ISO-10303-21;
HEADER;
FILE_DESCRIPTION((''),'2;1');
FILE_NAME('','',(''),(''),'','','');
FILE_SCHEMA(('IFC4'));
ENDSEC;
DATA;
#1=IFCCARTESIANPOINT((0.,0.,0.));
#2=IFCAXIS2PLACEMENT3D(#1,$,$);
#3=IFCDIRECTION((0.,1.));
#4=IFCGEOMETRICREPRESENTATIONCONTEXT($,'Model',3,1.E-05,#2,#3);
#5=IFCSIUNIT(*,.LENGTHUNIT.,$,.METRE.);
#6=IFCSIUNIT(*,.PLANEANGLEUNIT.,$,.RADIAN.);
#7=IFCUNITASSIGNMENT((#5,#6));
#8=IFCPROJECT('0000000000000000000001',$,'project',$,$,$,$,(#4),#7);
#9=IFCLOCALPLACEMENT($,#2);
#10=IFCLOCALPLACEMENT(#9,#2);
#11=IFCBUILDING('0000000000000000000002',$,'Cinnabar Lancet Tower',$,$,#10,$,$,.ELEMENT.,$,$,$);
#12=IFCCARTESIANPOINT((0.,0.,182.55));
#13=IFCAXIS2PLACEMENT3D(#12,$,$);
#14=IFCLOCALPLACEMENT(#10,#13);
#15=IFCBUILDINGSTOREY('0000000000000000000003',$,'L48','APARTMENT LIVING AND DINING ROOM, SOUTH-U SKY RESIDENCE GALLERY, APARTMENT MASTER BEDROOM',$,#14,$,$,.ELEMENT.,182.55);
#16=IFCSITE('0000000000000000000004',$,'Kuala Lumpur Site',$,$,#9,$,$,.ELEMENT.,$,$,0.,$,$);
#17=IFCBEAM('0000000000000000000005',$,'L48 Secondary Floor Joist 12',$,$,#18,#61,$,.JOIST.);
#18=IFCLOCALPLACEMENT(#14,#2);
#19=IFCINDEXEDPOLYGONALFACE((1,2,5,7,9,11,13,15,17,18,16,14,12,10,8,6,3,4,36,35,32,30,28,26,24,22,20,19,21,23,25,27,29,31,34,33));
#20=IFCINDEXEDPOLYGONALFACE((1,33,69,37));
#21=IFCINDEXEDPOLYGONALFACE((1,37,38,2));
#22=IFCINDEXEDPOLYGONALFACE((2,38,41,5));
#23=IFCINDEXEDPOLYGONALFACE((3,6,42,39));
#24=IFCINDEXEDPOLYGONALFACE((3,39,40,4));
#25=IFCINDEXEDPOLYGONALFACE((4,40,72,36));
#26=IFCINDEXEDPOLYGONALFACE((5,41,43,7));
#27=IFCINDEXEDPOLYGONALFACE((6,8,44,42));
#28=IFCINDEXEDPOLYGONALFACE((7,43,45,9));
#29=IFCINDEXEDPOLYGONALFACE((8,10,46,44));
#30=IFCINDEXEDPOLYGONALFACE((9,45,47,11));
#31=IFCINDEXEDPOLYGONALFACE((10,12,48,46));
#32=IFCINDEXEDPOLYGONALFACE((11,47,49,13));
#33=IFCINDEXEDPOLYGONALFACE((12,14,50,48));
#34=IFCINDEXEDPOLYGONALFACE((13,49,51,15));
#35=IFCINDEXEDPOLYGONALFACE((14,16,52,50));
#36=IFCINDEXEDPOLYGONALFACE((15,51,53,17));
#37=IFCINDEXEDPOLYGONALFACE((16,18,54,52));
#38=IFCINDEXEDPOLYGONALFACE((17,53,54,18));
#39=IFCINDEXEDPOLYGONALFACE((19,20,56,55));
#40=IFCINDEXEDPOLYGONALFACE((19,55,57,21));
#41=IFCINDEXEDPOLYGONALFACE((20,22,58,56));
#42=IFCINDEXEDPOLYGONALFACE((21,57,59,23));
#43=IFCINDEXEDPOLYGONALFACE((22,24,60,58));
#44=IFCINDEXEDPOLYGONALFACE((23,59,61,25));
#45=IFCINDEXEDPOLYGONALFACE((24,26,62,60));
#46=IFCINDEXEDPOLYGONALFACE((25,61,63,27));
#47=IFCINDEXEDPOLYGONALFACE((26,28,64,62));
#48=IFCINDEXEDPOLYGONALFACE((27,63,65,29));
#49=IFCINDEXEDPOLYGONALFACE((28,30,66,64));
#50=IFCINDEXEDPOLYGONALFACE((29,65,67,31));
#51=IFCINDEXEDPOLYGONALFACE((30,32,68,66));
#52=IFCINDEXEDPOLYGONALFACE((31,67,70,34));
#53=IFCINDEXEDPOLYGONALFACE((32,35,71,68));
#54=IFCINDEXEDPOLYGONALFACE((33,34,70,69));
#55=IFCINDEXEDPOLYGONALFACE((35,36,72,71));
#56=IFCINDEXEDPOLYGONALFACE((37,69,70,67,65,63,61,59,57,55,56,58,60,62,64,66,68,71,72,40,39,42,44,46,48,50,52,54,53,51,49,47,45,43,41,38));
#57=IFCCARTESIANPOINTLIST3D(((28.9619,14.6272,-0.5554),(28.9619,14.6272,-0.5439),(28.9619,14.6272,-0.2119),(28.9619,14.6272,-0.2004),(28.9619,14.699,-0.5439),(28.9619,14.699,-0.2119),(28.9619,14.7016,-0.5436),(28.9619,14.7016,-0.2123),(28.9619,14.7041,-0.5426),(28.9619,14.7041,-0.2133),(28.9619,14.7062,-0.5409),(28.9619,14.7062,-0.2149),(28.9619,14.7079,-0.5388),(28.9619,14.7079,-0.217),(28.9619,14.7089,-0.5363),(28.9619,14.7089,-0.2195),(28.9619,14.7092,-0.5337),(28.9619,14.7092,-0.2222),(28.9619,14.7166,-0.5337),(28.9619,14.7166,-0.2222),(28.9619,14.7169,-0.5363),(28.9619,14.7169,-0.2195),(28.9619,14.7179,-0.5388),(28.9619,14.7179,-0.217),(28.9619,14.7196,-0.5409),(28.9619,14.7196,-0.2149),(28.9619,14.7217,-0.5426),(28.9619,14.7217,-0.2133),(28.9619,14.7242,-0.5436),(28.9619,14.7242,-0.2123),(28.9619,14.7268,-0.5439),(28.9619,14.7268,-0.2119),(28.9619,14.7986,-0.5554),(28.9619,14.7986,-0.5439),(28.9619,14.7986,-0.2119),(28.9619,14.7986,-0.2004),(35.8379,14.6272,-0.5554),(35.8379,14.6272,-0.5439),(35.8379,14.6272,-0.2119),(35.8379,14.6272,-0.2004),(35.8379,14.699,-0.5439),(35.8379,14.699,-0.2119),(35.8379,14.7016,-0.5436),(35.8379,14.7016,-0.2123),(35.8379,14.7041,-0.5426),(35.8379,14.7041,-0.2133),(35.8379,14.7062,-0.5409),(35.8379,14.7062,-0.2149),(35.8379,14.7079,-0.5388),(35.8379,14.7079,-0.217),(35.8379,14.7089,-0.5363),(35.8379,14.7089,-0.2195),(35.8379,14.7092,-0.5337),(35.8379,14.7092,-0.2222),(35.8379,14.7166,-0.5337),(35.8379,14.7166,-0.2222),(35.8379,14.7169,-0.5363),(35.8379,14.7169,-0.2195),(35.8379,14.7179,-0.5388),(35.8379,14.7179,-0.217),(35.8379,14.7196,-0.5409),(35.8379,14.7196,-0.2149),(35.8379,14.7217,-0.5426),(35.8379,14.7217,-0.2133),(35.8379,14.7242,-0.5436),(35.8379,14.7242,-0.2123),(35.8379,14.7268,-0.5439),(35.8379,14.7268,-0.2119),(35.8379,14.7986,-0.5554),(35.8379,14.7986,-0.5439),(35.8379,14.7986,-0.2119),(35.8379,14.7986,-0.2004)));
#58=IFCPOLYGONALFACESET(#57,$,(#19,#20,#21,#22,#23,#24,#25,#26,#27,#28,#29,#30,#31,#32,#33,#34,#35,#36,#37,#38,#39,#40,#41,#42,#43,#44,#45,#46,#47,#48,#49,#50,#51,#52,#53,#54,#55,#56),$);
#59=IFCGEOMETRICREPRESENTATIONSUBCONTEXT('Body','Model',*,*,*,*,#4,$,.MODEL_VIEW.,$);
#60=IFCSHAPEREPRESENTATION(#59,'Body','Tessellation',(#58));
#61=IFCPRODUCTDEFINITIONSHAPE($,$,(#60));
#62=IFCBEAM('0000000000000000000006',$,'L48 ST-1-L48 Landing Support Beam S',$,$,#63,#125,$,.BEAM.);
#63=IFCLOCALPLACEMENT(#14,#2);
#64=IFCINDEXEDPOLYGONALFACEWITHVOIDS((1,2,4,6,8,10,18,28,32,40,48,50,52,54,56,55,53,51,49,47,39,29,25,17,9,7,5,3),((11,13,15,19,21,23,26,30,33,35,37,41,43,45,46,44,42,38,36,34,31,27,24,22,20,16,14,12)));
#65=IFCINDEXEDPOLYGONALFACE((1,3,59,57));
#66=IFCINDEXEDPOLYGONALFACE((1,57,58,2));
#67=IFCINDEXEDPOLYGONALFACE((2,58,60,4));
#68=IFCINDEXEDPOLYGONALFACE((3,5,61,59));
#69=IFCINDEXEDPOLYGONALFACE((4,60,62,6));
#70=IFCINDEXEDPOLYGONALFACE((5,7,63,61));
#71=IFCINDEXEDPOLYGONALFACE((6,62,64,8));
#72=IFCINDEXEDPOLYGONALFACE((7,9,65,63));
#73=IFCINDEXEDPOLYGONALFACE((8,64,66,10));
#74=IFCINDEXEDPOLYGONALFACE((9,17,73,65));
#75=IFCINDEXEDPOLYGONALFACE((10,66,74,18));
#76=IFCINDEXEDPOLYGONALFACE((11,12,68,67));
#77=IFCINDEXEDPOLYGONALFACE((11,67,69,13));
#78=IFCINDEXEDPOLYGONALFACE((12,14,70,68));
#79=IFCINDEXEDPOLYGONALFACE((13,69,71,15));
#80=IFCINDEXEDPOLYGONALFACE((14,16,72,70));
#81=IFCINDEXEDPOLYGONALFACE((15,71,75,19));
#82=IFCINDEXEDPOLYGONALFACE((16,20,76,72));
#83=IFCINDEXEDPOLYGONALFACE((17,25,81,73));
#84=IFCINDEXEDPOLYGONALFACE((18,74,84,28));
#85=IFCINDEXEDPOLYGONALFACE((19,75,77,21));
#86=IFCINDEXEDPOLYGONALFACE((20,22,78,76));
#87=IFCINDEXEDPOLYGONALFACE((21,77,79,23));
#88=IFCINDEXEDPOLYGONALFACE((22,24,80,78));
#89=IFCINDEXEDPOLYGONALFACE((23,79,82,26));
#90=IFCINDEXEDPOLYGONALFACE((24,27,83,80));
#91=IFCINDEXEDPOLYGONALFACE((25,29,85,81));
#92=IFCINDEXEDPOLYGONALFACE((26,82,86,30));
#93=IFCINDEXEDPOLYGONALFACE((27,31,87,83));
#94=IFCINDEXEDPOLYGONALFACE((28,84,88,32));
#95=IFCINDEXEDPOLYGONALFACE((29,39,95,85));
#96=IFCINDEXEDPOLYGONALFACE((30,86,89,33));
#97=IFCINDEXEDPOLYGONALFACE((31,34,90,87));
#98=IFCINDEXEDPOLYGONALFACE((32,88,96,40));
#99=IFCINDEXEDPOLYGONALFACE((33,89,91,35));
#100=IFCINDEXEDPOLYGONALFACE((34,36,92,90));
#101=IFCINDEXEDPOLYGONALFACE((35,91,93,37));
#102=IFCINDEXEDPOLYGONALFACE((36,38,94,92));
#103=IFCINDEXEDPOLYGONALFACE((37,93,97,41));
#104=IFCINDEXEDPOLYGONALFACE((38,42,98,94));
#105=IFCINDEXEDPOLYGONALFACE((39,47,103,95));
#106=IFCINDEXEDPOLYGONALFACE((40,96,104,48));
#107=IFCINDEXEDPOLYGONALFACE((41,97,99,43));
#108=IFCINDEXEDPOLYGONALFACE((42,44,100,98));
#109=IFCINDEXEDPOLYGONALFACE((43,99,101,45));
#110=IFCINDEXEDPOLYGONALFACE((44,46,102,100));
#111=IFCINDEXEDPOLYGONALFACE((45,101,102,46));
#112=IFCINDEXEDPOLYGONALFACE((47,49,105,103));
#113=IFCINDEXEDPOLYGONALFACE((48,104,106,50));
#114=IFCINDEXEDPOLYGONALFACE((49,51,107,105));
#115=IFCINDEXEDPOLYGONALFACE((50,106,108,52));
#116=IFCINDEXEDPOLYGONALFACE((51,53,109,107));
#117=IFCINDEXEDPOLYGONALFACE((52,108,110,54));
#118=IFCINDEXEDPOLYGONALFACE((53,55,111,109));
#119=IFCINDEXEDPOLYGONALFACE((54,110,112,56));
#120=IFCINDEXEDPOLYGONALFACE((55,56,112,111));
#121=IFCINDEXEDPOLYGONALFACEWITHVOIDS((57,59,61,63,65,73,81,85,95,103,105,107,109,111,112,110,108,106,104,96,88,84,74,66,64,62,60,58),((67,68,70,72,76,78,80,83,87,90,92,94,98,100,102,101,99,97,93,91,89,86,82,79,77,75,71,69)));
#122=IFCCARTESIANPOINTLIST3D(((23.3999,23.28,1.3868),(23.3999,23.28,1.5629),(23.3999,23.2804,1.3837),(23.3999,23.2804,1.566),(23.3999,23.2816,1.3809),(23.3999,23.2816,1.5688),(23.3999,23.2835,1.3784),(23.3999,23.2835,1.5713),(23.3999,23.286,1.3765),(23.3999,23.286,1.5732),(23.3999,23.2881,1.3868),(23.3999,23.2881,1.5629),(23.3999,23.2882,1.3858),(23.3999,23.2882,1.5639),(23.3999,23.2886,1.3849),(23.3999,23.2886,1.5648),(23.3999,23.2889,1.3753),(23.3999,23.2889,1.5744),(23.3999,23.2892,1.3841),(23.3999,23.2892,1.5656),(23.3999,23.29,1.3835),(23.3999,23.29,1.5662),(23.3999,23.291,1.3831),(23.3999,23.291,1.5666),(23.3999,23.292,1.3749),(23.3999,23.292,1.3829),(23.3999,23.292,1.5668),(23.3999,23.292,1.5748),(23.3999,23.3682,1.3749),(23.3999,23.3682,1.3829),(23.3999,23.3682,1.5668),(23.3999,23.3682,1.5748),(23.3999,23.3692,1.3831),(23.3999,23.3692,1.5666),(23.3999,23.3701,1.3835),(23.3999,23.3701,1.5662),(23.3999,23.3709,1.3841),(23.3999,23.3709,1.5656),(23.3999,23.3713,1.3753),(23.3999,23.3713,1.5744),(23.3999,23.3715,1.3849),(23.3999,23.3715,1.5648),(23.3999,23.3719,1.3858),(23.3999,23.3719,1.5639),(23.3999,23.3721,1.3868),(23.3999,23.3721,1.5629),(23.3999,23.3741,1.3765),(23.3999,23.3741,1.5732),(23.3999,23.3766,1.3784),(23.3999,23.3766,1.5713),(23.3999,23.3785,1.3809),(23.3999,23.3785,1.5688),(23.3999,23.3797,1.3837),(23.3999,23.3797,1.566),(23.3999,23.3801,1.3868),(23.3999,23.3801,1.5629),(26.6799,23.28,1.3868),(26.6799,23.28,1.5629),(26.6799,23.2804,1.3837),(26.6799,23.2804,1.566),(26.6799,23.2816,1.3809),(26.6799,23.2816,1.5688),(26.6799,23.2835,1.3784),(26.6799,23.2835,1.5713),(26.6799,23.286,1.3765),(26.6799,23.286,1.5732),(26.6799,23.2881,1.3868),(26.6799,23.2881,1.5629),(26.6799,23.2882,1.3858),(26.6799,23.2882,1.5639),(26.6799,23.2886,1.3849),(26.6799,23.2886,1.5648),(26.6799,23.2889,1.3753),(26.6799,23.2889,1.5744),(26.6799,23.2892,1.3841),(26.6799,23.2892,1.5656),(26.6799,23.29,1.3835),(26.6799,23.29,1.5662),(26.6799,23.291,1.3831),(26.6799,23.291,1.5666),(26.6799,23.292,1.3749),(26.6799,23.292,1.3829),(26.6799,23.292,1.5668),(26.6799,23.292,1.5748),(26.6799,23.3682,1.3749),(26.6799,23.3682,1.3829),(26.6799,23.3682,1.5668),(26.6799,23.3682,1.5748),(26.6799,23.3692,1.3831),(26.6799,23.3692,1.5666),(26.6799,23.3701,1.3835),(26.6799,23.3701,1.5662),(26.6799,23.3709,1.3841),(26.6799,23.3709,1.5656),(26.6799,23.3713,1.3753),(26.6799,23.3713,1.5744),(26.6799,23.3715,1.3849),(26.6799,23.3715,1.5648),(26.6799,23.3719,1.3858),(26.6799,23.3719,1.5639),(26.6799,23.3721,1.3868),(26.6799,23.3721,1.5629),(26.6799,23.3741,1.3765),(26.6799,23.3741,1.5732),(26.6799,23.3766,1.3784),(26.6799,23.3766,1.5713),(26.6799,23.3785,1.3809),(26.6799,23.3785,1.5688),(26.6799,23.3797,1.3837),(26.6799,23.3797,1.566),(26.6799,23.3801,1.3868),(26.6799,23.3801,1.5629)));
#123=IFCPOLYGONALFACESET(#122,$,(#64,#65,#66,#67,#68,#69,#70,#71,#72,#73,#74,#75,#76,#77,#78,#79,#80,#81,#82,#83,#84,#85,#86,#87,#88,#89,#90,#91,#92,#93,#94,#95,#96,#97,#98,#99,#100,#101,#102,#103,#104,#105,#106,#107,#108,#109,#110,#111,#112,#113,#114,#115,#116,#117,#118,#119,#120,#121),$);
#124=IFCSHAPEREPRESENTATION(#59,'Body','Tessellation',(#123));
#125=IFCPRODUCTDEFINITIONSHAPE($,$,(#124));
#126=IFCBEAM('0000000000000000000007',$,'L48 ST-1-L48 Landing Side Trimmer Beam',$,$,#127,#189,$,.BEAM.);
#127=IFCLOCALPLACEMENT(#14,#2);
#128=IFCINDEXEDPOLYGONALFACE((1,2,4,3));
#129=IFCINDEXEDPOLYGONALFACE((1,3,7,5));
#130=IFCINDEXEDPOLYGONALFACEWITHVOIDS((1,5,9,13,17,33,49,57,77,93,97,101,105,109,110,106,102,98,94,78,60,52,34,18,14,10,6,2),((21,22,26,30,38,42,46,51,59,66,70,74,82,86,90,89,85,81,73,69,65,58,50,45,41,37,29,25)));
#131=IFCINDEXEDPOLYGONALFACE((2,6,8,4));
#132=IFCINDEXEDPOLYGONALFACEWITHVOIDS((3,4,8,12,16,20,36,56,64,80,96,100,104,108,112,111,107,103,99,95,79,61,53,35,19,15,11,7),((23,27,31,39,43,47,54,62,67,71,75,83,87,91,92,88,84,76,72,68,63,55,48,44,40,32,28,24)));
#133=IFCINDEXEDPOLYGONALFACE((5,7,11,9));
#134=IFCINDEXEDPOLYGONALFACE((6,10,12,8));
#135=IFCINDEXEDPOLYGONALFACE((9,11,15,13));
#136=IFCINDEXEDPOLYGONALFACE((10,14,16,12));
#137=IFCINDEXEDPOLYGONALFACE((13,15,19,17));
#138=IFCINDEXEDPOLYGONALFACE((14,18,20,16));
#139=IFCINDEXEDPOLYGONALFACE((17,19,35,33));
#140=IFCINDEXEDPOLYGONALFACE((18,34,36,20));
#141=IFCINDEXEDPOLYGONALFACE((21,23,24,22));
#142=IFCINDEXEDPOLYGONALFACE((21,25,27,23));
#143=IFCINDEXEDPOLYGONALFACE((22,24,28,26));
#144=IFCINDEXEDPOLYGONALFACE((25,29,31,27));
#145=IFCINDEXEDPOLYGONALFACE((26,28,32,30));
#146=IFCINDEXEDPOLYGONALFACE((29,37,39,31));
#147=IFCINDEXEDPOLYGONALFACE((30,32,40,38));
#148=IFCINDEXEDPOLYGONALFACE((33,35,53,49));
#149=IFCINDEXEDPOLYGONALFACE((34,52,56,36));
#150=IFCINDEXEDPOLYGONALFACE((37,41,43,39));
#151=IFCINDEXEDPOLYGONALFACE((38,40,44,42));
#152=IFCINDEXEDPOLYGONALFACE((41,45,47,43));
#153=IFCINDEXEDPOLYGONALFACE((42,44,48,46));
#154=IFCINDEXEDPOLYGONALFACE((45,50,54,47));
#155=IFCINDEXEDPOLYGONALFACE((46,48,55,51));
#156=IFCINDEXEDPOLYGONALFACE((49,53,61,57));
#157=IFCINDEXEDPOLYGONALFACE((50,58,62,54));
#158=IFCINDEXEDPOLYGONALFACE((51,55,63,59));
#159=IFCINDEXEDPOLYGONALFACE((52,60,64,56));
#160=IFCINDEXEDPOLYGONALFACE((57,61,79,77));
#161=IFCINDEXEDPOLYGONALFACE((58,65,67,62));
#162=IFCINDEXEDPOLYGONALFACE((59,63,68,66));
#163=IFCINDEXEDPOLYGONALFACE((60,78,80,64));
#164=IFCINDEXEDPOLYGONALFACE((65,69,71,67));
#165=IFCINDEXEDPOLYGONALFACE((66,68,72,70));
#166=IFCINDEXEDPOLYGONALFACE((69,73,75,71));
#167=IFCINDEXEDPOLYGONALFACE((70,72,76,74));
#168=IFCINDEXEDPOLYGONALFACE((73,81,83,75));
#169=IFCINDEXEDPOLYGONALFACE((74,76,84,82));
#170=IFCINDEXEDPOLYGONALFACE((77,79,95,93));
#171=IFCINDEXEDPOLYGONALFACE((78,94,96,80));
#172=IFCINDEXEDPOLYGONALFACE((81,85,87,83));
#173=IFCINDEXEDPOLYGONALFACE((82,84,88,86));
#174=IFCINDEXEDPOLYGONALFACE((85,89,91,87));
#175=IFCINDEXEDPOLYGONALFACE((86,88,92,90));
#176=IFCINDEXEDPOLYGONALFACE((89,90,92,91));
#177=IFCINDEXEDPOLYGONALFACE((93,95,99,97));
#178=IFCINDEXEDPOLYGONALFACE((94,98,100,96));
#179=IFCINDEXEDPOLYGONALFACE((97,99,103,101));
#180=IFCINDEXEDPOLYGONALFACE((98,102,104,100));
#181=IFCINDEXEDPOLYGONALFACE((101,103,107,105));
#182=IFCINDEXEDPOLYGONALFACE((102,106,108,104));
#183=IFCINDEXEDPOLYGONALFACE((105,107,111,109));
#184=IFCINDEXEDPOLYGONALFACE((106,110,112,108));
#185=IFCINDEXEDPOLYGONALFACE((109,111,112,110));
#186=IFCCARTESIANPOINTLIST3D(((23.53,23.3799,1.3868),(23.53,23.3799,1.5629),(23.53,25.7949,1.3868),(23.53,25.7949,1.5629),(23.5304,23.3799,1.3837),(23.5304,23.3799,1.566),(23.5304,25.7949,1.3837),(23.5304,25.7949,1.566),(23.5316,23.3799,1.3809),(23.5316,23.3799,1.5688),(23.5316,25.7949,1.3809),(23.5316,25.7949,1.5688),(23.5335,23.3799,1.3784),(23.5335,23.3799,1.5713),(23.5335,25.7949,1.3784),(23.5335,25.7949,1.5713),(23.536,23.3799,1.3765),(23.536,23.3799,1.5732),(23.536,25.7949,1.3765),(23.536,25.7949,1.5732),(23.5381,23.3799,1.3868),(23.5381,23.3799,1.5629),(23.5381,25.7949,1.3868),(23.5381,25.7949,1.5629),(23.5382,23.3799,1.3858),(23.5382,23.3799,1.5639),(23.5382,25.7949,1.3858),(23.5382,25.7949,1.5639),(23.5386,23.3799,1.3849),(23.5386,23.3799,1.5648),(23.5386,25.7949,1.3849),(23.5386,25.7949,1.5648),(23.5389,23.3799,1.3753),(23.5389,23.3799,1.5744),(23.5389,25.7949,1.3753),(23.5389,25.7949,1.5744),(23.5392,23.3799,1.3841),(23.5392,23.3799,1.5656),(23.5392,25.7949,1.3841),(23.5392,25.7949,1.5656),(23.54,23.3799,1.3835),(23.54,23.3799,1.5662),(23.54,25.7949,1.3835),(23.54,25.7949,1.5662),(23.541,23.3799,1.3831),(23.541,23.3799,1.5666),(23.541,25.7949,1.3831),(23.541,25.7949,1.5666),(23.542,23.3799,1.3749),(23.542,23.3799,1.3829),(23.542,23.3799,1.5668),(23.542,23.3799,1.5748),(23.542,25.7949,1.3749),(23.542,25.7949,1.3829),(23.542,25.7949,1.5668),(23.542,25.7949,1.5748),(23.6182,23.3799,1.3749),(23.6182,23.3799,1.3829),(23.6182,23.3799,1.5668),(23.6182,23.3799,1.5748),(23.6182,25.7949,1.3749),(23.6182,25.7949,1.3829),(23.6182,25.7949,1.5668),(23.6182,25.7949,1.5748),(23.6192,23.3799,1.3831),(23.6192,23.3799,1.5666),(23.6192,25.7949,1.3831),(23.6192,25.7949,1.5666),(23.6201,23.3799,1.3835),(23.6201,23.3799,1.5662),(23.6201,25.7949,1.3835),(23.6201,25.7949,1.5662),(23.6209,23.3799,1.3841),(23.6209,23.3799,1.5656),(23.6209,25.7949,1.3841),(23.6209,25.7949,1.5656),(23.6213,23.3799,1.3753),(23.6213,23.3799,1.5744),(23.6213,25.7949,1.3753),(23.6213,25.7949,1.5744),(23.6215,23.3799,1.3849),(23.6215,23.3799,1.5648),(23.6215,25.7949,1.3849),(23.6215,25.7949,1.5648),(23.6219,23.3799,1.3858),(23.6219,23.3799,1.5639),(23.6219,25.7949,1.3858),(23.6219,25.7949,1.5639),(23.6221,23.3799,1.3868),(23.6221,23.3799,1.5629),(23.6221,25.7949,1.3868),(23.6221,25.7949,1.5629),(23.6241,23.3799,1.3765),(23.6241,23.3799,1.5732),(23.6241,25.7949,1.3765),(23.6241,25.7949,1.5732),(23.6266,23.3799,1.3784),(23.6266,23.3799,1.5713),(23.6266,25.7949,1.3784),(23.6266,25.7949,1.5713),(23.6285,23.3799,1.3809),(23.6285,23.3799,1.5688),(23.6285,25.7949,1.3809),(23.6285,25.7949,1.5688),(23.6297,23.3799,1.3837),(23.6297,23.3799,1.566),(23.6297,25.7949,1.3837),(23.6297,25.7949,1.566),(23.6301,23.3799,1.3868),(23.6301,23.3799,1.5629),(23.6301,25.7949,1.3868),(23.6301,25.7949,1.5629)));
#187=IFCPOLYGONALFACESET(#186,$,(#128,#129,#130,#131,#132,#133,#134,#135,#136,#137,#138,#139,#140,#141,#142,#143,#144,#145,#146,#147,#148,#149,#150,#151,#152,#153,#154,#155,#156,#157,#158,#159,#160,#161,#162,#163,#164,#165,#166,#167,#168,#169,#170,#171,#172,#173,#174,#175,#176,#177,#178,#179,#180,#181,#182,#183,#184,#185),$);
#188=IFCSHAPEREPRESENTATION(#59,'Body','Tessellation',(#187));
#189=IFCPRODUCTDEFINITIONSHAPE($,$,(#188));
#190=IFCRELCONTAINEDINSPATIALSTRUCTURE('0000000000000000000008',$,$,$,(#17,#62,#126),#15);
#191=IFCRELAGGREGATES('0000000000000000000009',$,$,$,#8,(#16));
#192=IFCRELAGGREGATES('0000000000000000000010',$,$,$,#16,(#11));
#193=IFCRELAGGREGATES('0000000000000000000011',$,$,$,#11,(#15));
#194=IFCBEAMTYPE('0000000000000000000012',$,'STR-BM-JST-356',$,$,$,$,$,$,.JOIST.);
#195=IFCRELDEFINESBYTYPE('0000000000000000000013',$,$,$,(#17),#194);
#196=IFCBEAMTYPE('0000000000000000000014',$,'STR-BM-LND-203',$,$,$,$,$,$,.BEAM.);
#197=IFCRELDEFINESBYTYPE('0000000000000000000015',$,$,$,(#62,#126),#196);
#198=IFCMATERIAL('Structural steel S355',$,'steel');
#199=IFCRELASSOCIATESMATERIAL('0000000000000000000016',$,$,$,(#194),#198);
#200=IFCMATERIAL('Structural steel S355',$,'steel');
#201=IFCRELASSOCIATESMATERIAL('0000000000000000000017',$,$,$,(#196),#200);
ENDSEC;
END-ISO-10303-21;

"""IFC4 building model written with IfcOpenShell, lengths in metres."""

from ifc_helpers import new_model, si_unit, direction, frame, origin, origin_2d, place, context, subcontext, project, spatial, hollow_rectangle, i_section, extrude, material, material_profile, profile_set, type_object, element, save


model = new_model("IFC4")

# Units and contexts
model_context = context("Model", 3, precision=1e-05, world=origin(), true_north=direction((0.0, 1.0)))
body_context = subcontext(model_context, "Body", "Model", "MODEL_VIEW")
ifc_project = project(units=[si_unit("LENGTHUNIT", "METRE"), si_unit("PLANEANGLEUNIT", "RADIAN")], contexts=[model_context])

# Site, building, storey
site_placement = place(None, origin())
site = spatial("IfcSite", under=ifc_project, at=site_placement, Name="Kuala Lumpur Site", CompositionType="ELEMENT", RefElevation=0.0)
building_placement = place(site_placement, origin())
building = spatial("IfcBuilding", under=site, at=building_placement, Name="Cinnabar Lancet Tower", CompositionType="ELEMENT")
storey_placement = place(building_placement, frame((0.0, 0.0, 182.55)))
storey = spatial("IfcBuildingStorey", under=building, at=storey_placement, Name="L48", Description="APARTMENT LIVING AND DINING ROOM, SOUTH-U SKY RESIDENCE GALLERY, APARTMENT MASTER BEDROOM", CompositionType="ELEMENT", Elevation=182.55)

# Beams
ifc_material_1 = material(Name="Structural steel S355", Category="steel")
ifc_material_profile_1 = material_profile(ifc_material_1, i_section(OverallWidth=0.1714, OverallDepth=0.355, WebThickness=0.0073, FlangeThickness=0.0115, FilletRadius=0.0103, at=origin_2d()), Name="UKB 356x171x51")
ifc_profile_set_1 = profile_set([ifc_material_profile_1], Name="Structural steel S355")
beam_type_1 = type_object("IfcBeamType", Name="STR-BM-JST-356", PredefinedType="JOIST", material=ifc_profile_set_1)
beam_1_placement = place(storey_placement, frame((28.9619, 14.7129, -0.3779), z_axis=(1.0, 0.0, 0.0), x_axis=(0.0, 1.0, 0.0)))
element("IfcBeam", 1, at=beam_1_placement, inside=storey, type_object=beam_type_1, Name="L48 Secondary Floor Joist 12", PredefinedType="JOIST", context=body_context, shape_type="SweptSolid", body=[
    extrude(i_section(OverallWidth=0.1714, OverallDepth=0.355, WebThickness=0.0073, FlangeThickness=0.0115, FilletRadius=0.0103, at=origin_2d()), origin(), (0.0, 0.0, 1.0), 6.876),
])
ifc_material_2 = material(Name="Structural steel S355", Category="steel")
ifc_material_profile_2 = material_profile(ifc_material_2, hollow_rectangle(XDim=0.1001, YDim=0.2, WallThickness=0.0081, InnerFilletRadius=0.0039, OuterFilletRadius=0.012, at=origin_2d()), Name="RHS 200x100x8")
ifc_profile_set_2 = profile_set([ifc_material_profile_2], Name="Structural steel S355")
beam_type_2 = type_object("IfcBeamType", Name="STR-BM-LND-203", PredefinedType="BEAM", material=ifc_profile_set_2)
beam_2_placement = place(storey_placement, frame((23.3999, 23.3301, 1.4749), z_axis=(1.0, 0.0, 0.0), x_axis=(0.0, 1.0, 0.0)))
element("IfcBeam", 2, at=beam_2_placement, inside=storey, type_object=beam_type_2, Name="L48 ST-1-L48 Landing Support Beam S", PredefinedType="BEAM", context=body_context, shape_type="SweptSolid", body=[
    extrude(hollow_rectangle(XDim=0.1001, YDim=0.2, WallThickness=0.0081, InnerFilletRadius=0.0039, OuterFilletRadius=0.012, at=origin_2d()), origin(), (0.0, 0.0, 1.0), 3.28),
])
beam_3_placement = place(storey_placement, frame((23.5801, 23.3799, 1.4749), z_axis=(0.0, 1.0, 0.0), x_axis=(-1.0, 0.0, 0.0)))
element("IfcBeam", 3, at=beam_3_placement, inside=storey, type_object=beam_type_2, Name="L48 ST-1-L48 Landing Side Trimmer Beam", PredefinedType="BEAM", context=body_context, shape_type="SweptSolid", body=[
    extrude(hollow_rectangle(XDim=0.1001, YDim=0.2, WallThickness=0.0081, InnerFilletRadius=0.0039, OuterFilletRadius=0.012, at=origin_2d()), origin(), (0.0, 0.0, 1.0), 2.415),
])

save(model, "model.ifc")
